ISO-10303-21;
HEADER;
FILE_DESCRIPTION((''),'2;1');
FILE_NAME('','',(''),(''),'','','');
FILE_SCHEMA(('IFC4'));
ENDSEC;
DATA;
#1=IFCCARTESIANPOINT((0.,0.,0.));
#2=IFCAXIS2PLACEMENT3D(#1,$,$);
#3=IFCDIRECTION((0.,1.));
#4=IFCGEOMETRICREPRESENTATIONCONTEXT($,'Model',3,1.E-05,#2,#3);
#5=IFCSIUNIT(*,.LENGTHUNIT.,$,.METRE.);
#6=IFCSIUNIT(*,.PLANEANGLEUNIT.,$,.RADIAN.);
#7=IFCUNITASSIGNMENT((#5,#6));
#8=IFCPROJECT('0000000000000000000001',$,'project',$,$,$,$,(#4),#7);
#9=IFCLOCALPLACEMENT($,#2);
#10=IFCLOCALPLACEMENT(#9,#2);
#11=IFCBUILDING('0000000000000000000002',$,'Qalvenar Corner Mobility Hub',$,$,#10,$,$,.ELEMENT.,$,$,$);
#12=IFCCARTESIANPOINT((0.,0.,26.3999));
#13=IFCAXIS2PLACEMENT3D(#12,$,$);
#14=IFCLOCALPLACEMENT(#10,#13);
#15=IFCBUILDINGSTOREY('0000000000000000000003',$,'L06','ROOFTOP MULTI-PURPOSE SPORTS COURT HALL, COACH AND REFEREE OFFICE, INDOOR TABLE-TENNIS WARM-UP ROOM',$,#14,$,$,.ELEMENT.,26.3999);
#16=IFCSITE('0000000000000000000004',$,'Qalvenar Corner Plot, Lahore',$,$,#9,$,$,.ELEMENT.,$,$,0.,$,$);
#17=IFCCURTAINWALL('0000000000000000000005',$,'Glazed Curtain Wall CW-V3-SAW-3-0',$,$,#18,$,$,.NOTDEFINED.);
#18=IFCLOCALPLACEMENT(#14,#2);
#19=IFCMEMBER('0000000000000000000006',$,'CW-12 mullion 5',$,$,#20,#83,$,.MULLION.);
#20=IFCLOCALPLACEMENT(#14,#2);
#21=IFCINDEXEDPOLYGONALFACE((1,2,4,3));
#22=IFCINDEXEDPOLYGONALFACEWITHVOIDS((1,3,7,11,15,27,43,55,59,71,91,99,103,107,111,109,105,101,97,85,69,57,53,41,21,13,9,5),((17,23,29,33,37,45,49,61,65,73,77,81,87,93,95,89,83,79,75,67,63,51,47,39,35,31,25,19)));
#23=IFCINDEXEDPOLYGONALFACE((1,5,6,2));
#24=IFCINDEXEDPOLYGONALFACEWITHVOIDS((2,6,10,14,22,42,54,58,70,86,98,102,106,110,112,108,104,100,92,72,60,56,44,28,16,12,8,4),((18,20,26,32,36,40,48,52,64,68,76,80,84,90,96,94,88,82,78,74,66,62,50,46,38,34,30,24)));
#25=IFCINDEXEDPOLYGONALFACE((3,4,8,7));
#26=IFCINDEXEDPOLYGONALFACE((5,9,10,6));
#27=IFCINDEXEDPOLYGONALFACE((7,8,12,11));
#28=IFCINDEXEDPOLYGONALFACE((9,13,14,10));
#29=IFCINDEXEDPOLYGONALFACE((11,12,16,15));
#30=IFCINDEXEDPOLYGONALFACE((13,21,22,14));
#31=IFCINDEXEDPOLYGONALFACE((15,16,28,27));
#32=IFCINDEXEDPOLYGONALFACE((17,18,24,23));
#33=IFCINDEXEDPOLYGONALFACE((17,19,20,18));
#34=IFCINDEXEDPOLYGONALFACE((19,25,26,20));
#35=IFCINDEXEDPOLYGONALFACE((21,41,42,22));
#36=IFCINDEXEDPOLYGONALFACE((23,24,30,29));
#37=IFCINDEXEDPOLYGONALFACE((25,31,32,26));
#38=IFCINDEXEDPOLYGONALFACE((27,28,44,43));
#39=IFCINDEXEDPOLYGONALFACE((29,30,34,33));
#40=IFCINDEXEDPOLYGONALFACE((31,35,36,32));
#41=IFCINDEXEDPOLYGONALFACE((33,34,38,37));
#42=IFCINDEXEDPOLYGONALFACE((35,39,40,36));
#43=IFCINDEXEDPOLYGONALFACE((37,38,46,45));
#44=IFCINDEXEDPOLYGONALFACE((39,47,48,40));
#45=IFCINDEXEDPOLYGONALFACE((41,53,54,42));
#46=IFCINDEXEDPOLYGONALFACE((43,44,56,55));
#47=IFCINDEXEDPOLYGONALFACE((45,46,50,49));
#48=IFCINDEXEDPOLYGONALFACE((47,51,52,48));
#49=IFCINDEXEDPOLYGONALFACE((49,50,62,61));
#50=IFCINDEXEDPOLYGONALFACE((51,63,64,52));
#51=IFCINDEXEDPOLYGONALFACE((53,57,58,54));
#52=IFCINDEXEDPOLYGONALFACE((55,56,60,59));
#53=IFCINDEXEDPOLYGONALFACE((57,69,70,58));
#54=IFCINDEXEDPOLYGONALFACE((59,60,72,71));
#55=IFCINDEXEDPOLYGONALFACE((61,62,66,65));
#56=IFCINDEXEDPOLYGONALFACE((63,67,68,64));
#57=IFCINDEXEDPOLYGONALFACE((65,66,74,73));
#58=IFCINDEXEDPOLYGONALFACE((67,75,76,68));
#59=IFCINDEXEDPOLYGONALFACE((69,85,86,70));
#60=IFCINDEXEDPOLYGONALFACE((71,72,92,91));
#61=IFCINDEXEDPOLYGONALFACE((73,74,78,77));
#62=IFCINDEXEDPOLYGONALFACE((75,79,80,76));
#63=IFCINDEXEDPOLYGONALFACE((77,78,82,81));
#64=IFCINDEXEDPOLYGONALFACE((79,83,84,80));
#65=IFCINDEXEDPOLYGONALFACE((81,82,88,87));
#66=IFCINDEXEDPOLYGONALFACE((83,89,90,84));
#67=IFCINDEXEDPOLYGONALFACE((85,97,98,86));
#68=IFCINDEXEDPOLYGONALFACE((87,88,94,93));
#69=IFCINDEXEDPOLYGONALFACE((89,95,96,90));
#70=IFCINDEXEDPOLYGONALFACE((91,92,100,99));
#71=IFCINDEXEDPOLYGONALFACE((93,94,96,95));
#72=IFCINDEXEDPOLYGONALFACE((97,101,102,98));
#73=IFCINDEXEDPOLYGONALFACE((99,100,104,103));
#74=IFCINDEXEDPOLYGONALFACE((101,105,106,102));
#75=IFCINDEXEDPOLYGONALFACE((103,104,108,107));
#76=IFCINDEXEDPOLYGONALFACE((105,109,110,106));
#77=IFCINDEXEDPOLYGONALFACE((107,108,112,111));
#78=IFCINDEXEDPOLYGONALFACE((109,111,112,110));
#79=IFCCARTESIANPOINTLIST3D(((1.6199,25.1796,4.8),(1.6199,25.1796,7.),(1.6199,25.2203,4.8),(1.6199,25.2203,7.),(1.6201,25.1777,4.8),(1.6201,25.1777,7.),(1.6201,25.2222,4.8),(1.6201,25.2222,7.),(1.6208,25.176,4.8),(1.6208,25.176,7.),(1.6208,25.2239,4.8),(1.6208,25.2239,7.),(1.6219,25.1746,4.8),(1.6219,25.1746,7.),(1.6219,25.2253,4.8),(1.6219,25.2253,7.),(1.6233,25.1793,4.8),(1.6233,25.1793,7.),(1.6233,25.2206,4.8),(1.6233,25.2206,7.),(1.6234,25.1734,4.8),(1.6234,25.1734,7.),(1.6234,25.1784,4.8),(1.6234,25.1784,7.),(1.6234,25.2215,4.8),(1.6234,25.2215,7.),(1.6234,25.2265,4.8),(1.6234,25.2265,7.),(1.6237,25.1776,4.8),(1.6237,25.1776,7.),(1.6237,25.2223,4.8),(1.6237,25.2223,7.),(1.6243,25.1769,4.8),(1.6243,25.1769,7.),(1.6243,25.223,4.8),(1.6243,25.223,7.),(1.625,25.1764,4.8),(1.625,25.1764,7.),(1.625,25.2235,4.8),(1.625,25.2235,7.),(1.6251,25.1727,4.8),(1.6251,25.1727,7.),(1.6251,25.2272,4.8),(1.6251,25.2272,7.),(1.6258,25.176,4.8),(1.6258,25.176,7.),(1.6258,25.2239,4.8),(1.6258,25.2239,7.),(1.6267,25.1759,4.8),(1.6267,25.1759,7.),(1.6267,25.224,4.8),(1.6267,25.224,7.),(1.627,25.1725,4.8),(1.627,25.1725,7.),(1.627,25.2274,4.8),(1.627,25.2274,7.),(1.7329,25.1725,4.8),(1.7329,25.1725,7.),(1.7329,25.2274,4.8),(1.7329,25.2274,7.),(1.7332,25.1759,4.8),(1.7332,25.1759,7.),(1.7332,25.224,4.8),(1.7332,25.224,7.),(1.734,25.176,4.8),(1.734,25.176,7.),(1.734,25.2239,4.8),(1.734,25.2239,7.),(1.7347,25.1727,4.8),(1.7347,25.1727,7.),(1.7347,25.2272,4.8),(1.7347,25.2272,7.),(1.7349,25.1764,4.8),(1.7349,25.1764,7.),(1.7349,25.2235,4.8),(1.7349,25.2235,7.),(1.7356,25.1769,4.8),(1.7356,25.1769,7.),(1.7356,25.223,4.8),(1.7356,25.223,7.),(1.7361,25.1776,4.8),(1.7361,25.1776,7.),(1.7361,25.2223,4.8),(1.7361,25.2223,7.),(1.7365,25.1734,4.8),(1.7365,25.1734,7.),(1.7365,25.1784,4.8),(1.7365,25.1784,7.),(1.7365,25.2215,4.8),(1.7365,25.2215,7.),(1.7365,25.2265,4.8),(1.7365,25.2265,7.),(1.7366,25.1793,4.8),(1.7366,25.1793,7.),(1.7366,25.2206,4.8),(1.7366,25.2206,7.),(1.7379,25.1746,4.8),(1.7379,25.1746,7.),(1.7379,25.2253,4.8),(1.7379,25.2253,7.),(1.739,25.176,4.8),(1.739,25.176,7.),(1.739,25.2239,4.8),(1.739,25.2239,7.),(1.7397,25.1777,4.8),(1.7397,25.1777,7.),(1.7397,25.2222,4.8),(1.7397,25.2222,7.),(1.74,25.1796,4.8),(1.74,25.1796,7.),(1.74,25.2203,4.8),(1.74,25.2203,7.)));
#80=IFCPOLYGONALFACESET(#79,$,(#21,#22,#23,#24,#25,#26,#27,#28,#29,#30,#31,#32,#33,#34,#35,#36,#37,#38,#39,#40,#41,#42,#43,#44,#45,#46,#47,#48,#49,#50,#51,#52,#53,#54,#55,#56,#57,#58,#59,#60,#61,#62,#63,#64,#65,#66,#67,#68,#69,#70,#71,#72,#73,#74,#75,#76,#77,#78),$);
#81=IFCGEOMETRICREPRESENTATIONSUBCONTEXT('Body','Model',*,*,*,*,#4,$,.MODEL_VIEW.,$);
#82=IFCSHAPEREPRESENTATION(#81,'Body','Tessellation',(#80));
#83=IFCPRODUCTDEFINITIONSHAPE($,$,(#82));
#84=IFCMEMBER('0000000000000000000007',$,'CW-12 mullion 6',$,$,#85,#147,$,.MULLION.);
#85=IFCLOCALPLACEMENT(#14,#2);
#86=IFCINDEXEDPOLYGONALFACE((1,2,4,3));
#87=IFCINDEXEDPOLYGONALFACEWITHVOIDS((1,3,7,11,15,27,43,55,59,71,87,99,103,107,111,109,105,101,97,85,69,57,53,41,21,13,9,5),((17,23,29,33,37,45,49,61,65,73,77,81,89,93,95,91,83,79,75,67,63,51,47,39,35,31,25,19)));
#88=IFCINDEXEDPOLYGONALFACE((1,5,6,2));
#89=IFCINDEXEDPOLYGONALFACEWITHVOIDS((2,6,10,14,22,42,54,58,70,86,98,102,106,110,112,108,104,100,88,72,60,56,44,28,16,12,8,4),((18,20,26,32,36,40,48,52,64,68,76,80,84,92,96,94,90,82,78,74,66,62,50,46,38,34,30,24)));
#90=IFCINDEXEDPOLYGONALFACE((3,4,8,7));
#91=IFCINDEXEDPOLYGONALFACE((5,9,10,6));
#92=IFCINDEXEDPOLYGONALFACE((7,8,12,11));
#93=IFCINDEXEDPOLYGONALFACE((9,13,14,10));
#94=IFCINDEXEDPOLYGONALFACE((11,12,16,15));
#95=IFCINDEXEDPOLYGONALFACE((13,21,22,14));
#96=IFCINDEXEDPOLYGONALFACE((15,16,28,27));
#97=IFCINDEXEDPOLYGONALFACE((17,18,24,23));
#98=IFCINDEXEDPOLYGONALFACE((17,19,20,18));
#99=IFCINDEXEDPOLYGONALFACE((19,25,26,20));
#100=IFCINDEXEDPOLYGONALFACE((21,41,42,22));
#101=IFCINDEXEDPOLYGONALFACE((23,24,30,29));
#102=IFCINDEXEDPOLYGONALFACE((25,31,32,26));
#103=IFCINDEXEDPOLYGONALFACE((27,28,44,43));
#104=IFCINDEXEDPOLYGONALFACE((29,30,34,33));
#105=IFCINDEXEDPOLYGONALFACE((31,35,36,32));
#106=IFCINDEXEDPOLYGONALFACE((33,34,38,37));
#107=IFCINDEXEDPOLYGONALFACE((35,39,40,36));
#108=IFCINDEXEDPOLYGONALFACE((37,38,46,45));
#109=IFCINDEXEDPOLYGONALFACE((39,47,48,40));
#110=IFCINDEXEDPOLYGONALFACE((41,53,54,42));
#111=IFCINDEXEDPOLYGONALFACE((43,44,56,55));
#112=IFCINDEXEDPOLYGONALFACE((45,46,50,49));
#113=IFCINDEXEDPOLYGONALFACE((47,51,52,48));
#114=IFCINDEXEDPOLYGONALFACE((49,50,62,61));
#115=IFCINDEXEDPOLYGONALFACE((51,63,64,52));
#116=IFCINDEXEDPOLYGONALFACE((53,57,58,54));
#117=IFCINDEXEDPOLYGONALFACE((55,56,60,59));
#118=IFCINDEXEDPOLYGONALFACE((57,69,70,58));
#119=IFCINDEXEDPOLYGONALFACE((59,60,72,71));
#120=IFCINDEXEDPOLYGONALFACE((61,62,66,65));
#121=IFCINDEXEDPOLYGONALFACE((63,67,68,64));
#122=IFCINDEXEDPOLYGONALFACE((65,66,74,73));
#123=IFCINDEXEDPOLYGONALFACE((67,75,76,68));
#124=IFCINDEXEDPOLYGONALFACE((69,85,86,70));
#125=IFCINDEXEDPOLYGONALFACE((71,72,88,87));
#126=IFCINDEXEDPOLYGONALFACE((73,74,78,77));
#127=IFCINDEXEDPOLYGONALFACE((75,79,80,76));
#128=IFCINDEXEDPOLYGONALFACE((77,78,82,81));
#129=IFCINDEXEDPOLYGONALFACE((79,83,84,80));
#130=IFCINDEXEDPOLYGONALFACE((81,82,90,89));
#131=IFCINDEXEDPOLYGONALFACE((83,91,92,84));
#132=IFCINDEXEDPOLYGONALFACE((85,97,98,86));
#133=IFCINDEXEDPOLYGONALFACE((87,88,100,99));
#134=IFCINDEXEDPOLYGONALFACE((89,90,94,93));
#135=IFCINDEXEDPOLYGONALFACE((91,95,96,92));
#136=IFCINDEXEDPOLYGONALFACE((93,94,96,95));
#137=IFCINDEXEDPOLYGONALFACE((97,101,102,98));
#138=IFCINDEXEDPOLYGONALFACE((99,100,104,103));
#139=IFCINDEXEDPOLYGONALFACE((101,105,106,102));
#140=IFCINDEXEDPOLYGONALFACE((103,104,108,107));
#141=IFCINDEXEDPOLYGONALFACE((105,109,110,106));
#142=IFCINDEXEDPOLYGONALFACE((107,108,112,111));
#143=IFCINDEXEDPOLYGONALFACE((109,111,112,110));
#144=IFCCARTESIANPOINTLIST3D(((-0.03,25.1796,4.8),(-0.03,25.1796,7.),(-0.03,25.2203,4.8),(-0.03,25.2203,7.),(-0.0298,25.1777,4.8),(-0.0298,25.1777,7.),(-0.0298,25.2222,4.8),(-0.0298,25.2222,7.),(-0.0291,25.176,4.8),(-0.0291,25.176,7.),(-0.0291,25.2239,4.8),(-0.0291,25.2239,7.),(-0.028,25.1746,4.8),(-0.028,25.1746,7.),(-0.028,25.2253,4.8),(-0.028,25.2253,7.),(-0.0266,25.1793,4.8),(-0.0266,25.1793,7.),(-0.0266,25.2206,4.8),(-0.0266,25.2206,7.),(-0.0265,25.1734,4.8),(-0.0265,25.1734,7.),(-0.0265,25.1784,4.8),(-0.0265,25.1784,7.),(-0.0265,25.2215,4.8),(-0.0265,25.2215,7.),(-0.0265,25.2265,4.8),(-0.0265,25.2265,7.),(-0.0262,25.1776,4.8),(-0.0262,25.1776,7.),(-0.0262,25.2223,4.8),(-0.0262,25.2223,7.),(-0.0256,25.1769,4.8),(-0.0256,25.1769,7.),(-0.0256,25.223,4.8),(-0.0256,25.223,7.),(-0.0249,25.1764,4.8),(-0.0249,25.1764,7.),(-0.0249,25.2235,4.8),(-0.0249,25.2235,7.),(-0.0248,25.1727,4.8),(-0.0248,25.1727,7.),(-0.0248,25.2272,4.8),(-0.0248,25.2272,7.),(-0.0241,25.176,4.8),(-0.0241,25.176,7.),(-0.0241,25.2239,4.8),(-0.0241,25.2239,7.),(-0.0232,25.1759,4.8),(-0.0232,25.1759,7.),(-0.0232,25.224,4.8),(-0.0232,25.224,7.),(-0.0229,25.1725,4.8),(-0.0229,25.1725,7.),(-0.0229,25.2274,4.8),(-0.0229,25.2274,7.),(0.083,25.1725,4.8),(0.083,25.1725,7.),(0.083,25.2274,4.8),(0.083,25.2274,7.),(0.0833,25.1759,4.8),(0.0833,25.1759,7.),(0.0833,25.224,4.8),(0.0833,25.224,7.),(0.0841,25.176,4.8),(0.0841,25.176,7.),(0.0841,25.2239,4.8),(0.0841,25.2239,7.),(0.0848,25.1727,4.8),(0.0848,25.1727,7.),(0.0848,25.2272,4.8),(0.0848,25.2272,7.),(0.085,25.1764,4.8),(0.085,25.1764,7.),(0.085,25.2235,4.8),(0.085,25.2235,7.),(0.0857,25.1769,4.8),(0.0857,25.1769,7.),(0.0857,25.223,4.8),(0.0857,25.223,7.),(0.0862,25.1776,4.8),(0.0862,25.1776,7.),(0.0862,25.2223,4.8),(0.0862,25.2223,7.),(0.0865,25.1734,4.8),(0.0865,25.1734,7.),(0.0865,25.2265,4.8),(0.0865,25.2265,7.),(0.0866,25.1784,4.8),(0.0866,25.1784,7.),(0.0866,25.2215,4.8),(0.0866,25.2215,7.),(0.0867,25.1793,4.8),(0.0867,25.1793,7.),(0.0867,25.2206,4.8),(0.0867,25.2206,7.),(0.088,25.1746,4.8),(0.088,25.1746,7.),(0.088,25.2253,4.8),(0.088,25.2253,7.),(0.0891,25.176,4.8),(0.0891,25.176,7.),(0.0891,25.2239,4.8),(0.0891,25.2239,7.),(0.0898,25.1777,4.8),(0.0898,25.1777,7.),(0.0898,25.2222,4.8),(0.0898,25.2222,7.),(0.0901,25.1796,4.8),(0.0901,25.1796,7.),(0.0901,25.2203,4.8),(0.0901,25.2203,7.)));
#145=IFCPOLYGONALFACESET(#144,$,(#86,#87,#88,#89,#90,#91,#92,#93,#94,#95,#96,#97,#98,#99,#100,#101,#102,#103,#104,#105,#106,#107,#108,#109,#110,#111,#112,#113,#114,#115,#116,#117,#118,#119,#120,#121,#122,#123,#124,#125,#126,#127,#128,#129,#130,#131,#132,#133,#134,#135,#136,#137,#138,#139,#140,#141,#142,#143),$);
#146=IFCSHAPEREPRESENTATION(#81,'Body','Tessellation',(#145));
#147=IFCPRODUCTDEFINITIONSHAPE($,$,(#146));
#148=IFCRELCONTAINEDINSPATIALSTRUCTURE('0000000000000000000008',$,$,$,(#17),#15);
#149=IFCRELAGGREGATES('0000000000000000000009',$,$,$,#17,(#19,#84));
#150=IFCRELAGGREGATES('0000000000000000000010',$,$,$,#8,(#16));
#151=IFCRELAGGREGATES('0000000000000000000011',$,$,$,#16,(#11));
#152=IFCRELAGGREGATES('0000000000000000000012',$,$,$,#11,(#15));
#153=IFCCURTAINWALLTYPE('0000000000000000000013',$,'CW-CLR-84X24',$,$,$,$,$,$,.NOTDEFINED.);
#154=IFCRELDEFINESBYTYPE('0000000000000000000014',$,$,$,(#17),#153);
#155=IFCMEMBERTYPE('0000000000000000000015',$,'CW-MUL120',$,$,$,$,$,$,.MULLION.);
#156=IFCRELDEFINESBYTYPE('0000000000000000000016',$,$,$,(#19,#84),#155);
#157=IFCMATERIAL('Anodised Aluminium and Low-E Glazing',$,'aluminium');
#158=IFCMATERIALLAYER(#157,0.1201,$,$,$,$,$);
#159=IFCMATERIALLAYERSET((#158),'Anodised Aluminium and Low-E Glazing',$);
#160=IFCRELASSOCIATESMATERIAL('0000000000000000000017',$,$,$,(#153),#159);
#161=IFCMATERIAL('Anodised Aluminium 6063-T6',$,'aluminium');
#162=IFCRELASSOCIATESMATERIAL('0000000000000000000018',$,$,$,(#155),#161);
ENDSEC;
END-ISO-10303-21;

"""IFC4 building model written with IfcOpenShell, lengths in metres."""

from ifc_helpers import new_model, si_unit, direction, frame, origin, origin_2d, place, context, subcontext, project, spatial, hollow_rectangle, extrude, material, layer, layer_set, material_profile, profile_set, type_object, element, aggregate, save


model = new_model("IFC4")

# Units and contexts
model_context = context("Model", 3, precision=1e-05, world=origin(), true_north=direction((0.0, 1.0)))
body_context = subcontext(model_context, "Body", "Model", "MODEL_VIEW")
ifc_project = project(units=[si_unit("LENGTHUNIT", "METRE"), si_unit("PLANEANGLEUNIT", "RADIAN")], contexts=[model_context])

# Site, building, storey
site_placement = place(None, origin())
site = spatial("IfcSite", under=ifc_project, at=site_placement, Name="Qalvenar Corner Plot, Lahore", CompositionType="ELEMENT", RefElevation=0.0)
building_placement = place(site_placement, origin())
building = spatial("IfcBuilding", under=site, at=building_placement, Name="Qalvenar Corner Mobility Hub", CompositionType="ELEMENT")
storey_placement = place(building_placement, frame((0.0, 0.0, 26.3999)))
storey = spatial("IfcBuildingStorey", under=building, at=storey_placement, Name="L06", Description="ROOFTOP MULTI-PURPOSE SPORTS COURT HALL, COACH AND REFEREE OFFICE, INDOOR TABLE-TENNIS WARM-UP ROOM", CompositionType="ELEMENT", Elevation=26.3999)

# Curtain wall, members
ifc_material_1 = material(Name="Anodised Aluminium and Low-E Glazing", Category="aluminium")
ifc_layer_1 = layer(ifc_material_1, 0.1201)
ifc_layer_set_1 = layer_set([ifc_layer_1], Name="Anodised Aluminium and Low-E Glazing")
curtain_wall_type_1 = type_object("IfcCurtainWallType", Name="CW-CLR-84X24", PredefinedType="NOTDEFINED", material=ifc_layer_set_1)
curtain_wall_1_placement = place(storey_placement, origin())
curtain_wall_1 = element("IfcCurtainWall", 1, at=curtain_wall_1_placement, inside=storey, type_object=curtain_wall_type_1, Name="Glazed Curtain Wall CW-V3-SAW-3-0", PredefinedType="NOTDEFINED")
ifc_material_2 = material(Name="Anodised Aluminium 6063-T6", Category="aluminium")
ifc_material_profile_1 = material_profile(ifc_material_2, hollow_rectangle(XDim=0.0549, YDim=0.1201, WallThickness=0.0034, InnerFilletRadius=0.0034, OuterFilletRadius=0.0071, at=origin_2d()), Name="RHS120x55x3.5")
ifc_profile_set_1 = profile_set([ifc_material_profile_1], Name="Anodised Aluminium 6063-T6")
member_type_1 = type_object("IfcMemberType", Name="CW-MUL120", PredefinedType="MULLION", material=ifc_profile_set_1)
member_1_placement = place(storey_placement, frame((1.6799, 25.2, 4.8), z_axis=(0.0, 0.0, 1.0), x_axis=(0.0, -1.0, 0.0)))
member_1 = element("IfcMember", 2, at=member_1_placement, type_object=member_type_1, Name="CW-12 mullion 5", PredefinedType="MULLION", context=body_context, shape_type="SweptSolid", body=[
    extrude(hollow_rectangle(XDim=0.0549, YDim=0.1201, WallThickness=0.0034, InnerFilletRadius=0.0034, OuterFilletRadius=0.0071, at=origin_2d()), origin(), (0.0, 0.0, 1.0), 2.2),
])
member_2_placement = place(storey_placement, frame((0.03, 25.2, 4.8), z_axis=(0.0, 0.0, 1.0), x_axis=(0.0, -1.0, 0.0)))
member_2 = element("IfcMember", 3, at=member_2_placement, type_object=member_type_1, Name="CW-12 mullion 6", PredefinedType="MULLION", context=body_context, shape_type="SweptSolid", body=[
    extrude(hollow_rectangle(XDim=0.0549, YDim=0.1201, WallThickness=0.0034, InnerFilletRadius=0.0034, OuterFilletRadius=0.0071, at=origin_2d()), origin(), (0.0, 0.0, 1.0), 2.2),
])

aggregate(curtain_wall_1, [member_1, member_2])

save(model, "model.ifc")
